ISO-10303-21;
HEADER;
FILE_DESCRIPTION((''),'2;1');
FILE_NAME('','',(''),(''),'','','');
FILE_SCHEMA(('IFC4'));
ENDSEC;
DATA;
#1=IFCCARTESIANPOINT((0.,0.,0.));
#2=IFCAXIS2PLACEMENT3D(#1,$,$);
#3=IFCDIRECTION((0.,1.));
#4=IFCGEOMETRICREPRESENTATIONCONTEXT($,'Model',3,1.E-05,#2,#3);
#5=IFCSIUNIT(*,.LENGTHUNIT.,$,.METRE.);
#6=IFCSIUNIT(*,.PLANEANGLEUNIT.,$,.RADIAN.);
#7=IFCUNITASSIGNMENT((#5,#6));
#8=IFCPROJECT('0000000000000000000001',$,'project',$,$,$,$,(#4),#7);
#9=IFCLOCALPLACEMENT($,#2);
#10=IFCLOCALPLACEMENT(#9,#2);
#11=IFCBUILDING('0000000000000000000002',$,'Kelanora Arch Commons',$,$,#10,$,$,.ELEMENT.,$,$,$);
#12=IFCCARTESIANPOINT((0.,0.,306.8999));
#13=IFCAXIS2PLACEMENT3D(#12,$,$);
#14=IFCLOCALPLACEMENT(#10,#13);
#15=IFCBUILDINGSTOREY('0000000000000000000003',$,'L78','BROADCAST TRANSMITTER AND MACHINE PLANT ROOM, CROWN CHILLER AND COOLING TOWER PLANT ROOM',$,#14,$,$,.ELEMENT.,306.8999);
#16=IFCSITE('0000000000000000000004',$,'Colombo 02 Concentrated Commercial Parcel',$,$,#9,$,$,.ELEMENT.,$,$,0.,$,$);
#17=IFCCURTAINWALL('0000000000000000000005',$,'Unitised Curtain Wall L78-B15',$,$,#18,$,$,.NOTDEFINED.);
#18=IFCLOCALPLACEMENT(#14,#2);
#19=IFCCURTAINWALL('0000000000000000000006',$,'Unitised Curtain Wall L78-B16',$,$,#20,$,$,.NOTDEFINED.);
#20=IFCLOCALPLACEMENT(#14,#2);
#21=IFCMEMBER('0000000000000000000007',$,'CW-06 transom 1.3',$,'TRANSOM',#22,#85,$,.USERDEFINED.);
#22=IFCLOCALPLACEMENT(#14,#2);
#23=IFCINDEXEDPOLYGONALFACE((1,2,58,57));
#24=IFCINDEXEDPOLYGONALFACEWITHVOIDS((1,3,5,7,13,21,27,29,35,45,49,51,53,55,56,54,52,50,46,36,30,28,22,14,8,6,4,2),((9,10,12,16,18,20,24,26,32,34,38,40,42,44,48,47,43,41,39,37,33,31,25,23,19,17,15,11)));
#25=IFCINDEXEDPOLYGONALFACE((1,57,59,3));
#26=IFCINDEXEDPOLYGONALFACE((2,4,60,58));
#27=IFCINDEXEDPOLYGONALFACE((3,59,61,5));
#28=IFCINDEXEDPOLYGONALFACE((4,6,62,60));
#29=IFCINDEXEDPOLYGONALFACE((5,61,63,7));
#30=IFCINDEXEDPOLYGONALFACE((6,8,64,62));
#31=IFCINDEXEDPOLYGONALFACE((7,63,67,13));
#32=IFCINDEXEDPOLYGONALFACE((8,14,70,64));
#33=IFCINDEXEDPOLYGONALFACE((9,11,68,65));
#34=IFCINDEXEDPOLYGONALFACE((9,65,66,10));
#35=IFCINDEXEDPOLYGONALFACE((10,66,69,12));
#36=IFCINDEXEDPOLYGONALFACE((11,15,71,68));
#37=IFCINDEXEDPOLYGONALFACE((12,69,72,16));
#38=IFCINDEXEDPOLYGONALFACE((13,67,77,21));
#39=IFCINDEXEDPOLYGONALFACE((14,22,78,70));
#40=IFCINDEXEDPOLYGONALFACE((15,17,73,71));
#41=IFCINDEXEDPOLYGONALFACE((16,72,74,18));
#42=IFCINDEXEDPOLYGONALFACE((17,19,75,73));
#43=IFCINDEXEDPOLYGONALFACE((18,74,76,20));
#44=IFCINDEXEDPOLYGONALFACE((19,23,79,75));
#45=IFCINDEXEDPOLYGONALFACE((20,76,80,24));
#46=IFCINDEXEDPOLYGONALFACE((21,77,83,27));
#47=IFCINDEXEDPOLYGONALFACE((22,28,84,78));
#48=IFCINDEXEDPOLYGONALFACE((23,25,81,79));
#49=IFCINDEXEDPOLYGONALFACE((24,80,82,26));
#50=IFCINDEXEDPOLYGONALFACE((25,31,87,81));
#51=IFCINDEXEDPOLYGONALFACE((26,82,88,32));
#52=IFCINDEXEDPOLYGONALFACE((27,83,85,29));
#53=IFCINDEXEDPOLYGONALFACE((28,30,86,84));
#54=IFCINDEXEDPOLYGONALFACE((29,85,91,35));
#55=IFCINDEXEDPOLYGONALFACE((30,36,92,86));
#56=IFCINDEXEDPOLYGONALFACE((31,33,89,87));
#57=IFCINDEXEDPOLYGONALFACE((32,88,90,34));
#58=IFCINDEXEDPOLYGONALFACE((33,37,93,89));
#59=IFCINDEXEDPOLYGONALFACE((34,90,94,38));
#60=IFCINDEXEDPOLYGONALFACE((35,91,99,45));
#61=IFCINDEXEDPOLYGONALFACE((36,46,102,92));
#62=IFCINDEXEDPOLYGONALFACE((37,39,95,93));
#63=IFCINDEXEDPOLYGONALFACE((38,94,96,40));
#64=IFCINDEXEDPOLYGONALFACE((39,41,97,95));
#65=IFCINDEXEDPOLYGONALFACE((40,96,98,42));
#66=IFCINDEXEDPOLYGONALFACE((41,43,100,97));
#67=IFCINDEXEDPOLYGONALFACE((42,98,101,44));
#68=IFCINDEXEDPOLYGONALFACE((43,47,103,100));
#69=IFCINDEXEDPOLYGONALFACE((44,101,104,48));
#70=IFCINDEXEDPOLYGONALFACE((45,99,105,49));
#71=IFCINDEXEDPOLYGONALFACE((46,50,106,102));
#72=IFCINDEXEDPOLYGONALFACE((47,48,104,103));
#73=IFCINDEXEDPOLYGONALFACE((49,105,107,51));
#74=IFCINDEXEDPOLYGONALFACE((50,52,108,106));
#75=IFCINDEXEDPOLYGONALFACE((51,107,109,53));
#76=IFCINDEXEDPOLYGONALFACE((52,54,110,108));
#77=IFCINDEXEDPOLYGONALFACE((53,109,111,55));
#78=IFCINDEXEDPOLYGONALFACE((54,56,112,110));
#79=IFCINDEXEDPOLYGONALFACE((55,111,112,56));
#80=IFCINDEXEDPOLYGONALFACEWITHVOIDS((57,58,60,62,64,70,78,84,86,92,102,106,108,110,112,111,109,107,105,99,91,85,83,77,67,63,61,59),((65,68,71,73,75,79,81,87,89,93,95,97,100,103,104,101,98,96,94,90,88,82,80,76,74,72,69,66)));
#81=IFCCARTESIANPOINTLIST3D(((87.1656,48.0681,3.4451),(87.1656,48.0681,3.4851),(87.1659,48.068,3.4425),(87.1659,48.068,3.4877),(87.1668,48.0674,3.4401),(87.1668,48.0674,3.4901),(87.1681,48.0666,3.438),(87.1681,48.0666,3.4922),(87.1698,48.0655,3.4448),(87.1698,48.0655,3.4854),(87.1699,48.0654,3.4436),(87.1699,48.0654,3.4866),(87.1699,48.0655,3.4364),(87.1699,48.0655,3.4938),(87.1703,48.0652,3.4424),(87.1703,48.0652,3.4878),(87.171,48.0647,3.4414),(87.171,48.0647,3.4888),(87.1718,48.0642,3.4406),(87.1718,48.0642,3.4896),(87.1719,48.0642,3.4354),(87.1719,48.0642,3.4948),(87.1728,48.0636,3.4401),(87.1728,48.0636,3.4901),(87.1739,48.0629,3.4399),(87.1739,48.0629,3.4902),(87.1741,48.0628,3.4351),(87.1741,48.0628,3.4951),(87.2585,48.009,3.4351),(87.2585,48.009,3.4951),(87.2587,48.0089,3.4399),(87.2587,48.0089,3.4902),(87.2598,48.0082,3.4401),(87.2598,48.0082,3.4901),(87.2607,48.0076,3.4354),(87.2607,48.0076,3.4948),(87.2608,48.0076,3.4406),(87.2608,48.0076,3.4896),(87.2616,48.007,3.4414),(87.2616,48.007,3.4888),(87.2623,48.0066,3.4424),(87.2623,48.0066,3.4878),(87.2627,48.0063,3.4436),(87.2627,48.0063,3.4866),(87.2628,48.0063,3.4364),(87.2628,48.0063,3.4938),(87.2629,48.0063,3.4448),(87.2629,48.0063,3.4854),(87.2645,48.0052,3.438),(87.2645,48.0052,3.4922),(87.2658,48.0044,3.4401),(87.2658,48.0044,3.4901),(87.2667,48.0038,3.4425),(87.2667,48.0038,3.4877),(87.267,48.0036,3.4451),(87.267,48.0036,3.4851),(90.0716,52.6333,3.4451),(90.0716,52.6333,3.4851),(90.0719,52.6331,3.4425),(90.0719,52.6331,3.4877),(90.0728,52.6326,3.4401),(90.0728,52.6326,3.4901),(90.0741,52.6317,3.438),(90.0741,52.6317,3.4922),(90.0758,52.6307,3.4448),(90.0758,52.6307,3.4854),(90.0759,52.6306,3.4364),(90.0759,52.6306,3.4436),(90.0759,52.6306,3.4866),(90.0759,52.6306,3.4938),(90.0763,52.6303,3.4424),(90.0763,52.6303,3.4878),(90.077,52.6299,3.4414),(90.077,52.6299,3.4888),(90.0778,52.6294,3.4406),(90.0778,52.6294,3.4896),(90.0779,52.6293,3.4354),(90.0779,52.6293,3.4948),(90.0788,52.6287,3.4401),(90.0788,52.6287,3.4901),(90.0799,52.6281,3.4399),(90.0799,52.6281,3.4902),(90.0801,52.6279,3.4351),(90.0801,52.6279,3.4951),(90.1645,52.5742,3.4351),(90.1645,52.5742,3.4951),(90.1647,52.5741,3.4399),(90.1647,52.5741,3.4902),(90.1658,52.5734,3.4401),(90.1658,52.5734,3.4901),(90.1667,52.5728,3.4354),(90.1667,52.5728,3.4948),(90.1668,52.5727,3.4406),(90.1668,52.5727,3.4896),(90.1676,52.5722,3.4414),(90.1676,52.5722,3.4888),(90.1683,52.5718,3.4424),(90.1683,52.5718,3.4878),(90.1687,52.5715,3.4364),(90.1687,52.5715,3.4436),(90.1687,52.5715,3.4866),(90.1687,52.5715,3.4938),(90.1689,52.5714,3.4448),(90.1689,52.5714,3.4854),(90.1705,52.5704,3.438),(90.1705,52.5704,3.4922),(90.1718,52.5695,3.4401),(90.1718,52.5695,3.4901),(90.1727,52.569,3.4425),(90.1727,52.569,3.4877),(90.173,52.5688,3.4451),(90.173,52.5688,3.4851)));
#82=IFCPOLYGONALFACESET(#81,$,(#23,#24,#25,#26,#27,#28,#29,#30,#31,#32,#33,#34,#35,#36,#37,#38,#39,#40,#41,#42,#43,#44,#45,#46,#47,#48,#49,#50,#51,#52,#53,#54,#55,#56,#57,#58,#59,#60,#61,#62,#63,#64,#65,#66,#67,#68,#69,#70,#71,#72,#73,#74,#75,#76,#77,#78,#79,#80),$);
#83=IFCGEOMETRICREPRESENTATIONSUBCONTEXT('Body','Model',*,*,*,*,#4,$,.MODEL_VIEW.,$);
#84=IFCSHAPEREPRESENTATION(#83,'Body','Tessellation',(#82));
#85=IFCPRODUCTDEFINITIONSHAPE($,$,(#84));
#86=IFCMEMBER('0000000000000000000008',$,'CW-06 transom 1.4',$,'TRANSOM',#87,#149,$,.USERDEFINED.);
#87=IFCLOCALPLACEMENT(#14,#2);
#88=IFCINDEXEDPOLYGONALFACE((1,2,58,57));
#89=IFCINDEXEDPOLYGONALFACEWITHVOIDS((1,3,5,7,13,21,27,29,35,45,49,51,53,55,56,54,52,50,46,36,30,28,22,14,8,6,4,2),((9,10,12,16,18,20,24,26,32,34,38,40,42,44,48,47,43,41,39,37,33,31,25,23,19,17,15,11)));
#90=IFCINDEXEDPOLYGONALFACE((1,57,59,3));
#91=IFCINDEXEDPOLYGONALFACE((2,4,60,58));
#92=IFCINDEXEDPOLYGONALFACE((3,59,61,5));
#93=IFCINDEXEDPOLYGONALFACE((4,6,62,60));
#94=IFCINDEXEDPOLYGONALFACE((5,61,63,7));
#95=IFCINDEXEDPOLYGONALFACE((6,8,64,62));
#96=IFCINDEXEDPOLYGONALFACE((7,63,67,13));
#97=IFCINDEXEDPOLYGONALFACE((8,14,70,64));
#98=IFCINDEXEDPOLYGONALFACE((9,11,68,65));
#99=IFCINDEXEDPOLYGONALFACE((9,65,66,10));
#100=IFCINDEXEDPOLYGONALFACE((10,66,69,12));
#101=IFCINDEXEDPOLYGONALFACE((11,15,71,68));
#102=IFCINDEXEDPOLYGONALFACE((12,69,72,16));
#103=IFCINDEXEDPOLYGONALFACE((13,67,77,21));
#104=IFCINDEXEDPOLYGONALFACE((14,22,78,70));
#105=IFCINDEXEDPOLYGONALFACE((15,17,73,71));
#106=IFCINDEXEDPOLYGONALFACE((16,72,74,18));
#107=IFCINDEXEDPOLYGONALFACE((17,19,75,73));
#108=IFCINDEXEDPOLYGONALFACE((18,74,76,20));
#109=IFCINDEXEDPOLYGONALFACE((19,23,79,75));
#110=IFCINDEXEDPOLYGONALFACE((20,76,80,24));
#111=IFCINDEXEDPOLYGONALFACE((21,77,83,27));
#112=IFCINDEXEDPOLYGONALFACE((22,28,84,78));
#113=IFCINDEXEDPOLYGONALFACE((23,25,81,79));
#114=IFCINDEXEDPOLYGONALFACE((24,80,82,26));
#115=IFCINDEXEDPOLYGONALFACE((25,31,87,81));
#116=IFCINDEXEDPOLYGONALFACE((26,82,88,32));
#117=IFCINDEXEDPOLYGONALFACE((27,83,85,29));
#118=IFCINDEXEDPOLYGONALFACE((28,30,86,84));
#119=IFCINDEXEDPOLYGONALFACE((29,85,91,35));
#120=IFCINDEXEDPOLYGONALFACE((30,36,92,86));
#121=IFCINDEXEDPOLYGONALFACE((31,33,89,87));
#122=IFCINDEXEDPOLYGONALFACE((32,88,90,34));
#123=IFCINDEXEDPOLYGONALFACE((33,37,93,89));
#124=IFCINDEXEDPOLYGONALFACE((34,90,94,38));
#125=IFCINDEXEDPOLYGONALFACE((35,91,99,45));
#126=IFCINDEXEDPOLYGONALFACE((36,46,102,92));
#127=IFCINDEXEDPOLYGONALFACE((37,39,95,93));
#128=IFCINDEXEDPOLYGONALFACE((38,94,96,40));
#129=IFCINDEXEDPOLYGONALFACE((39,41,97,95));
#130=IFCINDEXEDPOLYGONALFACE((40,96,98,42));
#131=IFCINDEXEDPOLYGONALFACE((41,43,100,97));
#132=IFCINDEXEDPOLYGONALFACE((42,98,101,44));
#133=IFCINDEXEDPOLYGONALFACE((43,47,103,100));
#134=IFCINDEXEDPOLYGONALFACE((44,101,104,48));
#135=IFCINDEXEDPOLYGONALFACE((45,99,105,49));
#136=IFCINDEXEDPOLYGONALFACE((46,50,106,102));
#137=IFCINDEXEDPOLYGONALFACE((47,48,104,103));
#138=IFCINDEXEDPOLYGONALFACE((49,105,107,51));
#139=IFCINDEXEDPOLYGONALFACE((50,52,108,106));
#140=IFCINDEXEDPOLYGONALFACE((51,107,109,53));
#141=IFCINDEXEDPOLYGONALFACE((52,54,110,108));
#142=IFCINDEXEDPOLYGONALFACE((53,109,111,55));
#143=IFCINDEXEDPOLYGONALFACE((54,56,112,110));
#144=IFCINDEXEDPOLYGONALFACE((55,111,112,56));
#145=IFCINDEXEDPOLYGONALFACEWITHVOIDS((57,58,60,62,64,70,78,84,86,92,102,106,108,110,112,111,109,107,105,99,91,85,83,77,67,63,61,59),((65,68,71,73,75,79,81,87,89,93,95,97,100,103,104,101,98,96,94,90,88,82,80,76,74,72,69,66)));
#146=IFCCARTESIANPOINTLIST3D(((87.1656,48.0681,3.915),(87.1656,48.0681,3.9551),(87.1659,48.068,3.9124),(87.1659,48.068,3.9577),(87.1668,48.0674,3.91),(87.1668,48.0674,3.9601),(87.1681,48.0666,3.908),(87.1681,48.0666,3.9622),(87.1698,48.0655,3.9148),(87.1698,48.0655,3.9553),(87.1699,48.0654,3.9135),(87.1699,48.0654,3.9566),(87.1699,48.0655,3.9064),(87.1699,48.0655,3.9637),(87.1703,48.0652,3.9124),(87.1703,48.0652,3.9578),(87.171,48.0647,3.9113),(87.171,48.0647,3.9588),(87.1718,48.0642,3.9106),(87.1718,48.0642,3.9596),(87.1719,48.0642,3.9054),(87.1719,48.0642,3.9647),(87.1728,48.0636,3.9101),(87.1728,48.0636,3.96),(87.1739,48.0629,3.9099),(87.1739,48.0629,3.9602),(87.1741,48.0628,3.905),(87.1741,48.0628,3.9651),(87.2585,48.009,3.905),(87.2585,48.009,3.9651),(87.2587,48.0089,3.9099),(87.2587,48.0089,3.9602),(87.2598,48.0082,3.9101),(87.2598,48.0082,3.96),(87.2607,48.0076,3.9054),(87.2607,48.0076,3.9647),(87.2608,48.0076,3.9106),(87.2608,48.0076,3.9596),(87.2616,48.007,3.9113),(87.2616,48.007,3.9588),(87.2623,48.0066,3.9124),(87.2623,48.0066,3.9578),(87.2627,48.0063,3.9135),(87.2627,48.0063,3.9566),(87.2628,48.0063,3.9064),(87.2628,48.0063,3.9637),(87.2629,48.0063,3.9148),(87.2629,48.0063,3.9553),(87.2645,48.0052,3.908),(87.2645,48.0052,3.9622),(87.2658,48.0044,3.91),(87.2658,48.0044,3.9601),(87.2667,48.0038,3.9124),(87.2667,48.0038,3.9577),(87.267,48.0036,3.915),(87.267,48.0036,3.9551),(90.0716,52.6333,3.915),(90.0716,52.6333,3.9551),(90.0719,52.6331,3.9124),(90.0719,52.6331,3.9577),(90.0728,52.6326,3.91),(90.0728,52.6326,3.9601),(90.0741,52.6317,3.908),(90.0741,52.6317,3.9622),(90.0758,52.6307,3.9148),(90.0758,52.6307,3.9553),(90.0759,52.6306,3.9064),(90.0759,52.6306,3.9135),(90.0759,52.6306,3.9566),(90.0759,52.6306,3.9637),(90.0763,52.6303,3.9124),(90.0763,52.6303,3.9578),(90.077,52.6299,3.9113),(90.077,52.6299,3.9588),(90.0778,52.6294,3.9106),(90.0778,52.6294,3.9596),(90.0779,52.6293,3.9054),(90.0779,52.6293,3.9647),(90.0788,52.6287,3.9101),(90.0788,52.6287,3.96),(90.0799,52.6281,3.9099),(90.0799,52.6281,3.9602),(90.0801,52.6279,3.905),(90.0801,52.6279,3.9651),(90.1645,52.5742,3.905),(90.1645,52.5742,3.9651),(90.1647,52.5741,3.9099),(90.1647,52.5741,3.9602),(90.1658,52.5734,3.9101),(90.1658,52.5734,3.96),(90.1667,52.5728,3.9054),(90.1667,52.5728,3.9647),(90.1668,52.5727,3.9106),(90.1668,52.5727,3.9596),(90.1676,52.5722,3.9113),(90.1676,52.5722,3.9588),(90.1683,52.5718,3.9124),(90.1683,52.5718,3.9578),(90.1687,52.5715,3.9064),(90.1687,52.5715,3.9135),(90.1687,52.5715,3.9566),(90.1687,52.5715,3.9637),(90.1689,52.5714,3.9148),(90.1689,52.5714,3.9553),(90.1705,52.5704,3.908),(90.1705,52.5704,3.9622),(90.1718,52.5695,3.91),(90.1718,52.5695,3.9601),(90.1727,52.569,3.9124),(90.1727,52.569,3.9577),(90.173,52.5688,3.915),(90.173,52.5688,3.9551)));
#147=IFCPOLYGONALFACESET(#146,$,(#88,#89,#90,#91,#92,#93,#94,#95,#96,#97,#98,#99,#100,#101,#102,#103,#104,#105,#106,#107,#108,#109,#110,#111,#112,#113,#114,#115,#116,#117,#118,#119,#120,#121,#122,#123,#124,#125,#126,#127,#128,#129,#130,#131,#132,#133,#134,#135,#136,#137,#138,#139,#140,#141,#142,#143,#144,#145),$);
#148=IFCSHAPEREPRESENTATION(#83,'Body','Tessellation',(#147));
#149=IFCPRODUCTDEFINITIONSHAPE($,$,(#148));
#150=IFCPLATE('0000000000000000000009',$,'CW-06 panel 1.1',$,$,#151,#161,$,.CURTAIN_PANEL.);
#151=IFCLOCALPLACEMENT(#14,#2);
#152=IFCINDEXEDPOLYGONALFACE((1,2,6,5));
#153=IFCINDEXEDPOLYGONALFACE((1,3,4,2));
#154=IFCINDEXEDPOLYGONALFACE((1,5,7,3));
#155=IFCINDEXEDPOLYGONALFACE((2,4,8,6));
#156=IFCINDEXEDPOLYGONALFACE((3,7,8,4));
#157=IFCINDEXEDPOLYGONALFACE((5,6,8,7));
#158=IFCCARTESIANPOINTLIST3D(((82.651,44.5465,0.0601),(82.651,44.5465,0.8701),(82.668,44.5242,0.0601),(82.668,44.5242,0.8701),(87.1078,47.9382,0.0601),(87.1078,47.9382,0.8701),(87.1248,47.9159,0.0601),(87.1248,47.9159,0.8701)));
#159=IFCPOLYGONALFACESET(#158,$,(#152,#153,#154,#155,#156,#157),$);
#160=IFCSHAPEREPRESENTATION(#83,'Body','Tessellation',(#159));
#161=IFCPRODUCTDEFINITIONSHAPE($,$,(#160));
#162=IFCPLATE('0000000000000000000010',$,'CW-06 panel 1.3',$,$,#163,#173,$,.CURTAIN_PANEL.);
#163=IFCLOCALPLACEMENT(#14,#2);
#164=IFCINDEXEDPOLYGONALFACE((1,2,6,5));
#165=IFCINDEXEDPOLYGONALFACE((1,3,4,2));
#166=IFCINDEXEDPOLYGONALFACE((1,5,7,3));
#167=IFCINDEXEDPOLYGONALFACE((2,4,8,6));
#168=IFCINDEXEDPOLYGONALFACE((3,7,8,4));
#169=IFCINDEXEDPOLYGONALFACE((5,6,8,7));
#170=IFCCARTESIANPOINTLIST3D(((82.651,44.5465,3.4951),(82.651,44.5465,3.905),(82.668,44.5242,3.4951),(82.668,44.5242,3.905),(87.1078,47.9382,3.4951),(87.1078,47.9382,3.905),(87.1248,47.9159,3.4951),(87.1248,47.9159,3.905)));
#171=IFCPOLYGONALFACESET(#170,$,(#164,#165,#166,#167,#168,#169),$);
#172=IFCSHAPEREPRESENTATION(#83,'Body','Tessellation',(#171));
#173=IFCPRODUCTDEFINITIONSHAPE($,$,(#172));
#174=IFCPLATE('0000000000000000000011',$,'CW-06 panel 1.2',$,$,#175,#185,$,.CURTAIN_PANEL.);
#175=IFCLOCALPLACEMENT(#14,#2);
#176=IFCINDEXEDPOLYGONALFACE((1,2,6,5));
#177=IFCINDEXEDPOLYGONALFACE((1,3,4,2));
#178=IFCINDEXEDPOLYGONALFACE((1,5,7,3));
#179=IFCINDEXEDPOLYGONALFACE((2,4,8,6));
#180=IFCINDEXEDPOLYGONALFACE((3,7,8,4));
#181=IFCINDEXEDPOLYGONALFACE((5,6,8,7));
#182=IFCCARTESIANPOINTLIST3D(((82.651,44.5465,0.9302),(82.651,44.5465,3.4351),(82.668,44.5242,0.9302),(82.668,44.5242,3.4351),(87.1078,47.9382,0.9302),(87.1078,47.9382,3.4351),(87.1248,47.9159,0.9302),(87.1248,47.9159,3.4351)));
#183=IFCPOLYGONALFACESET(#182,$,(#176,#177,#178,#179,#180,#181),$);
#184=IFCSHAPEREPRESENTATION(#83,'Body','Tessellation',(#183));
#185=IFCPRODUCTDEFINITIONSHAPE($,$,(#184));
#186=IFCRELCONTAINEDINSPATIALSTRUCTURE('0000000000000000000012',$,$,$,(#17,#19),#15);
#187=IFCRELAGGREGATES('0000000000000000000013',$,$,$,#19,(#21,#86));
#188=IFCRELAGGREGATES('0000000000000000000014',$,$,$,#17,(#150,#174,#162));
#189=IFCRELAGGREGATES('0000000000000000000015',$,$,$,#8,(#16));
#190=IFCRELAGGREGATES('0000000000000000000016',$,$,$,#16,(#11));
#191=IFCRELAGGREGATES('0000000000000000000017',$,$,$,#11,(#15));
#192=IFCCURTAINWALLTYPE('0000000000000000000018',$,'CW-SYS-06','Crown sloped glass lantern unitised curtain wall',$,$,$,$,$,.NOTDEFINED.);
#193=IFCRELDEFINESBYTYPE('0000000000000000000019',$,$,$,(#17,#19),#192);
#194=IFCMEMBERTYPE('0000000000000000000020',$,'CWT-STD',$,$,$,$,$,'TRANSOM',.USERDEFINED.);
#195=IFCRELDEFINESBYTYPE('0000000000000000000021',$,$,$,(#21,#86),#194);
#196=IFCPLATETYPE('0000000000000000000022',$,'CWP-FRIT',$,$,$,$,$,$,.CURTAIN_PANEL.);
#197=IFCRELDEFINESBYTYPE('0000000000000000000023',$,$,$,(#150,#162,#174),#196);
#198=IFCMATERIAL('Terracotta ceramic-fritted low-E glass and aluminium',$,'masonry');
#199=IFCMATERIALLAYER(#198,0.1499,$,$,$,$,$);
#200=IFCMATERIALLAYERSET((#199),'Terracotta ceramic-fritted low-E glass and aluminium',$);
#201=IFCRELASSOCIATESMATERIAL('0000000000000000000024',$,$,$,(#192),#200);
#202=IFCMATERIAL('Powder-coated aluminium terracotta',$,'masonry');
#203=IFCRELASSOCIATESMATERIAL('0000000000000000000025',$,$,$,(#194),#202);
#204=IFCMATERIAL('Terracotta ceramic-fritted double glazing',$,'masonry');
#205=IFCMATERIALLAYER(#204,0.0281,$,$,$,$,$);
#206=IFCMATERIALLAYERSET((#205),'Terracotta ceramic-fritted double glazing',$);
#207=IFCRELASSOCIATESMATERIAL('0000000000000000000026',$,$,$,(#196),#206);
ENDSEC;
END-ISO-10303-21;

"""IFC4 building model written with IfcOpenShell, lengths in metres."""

from ifc_helpers import new_model, si_unit, direction, frame, origin, origin_2d, place, context, subcontext, project, spatial, rectangle, hollow_rectangle, extrude, source, transform, mapped, material, layer, layer_set, material_profile, profile_set, type_object, element, aggregate, save


model = new_model("IFC4")

# Units and contexts
model_context = context("Model", 3, precision=1e-05, world=origin(), true_north=direction((0.0, 1.0)))
body_context = subcontext(model_context, "Body", "Model", "MODEL_VIEW")
ifc_project = project(units=[si_unit("LENGTHUNIT", "METRE"), si_unit("PLANEANGLEUNIT", "RADIAN")], contexts=[model_context])

# Site, building, storey
site_placement = place(None, origin())
site = spatial("IfcSite", under=ifc_project, at=site_placement, Name="Colombo 02 Concentrated Commercial Parcel", CompositionType="ELEMENT", RefElevation=0.0)
building_placement = place(site_placement, origin())
building = spatial("IfcBuilding", under=site, at=building_placement, Name="Kelanora Arch Commons", CompositionType="ELEMENT")
storey_placement = place(building_placement, frame((0.0, 0.0, 306.8999)))
storey = spatial("IfcBuildingStorey", under=building, at=storey_placement, Name="L78", Description="BROADCAST TRANSMITTER AND MACHINE PLANT ROOM, CROWN CHILLER AND COOLING TOWER PLANT ROOM", CompositionType="ELEMENT", Elevation=306.8999)

# Shared definitions
ifc_material_1 = material(Name="Terracotta ceramic-fritted low-E glass and aluminium", Category="masonry")
ifc_layer_1 = layer(ifc_material_1, 0.1499)
ifc_layer_set_1 = layer_set([ifc_layer_1], Name="Terracotta ceramic-fritted low-E glass and aluminium")
curtain_wall_type = type_object("IfcCurtainWallType", Name="CW-SYS-06", Description="Crown sloped glass lantern unitised curtain wall", PredefinedType="NOTDEFINED", material=ifc_layer_set_1)
ifc_material_2 = material(Name="Powder-coated aluminium terracotta", Category="masonry")

# Curtain wall
curtain_wall_1_placement = place(storey_placement, origin())
curtain_wall_1 = element("IfcCurtainWall", 1, at=curtain_wall_1_placement, inside=storey, type_object=curtain_wall_type, Name="Unitised Curtain Wall L78-B15", PredefinedType="NOTDEFINED")

# Curtain wall
curtain_wall_2_placement = place(storey_placement, origin())
curtain_wall_2 = element("IfcCurtainWall", 2, at=curtain_wall_2_placement, inside=storey, type_object=curtain_wall_type, Name="Unitised Curtain Wall L78-B16", PredefinedType="NOTDEFINED")

# Members
ifc_material_profile_1 = material_profile(ifc_material_2, hollow_rectangle(XDim=0.1201, YDim=0.0601, WallThickness=0.0049, InnerFilletRadius=0.0049, OuterFilletRadius=0.01, at=origin_2d()), Name="CWT120x60")
ifc_profile_set_1 = profile_set([ifc_material_profile_1], Name="Powder-coated aluminium terracotta")
member_type_1 = type_object("IfcMemberType", Name="CWT-STD", ElementType="TRANSOM", PredefinedType="USERDEFINED", material=ifc_profile_set_1)
member_1_placement = place(storey_placement, frame((87.2163, 48.0359, 3.4651), z_axis=(0.536992, 0.843587, 0.0), x_axis=(-0.843587, 0.536992, 0.0)))
member_1 = element("IfcMember", 3, at=member_1_placement, type_object=member_type_1, Name="CW-06 transom 1.3", ObjectType="TRANSOM", PredefinedType="USERDEFINED", context=body_context, shape_type="SweptSolid", body=[
    extrude(hollow_rectangle(XDim=0.1201, YDim=0.0601, WallThickness=0.0049, InnerFilletRadius=0.0049, OuterFilletRadius=0.01, at=origin_2d()), origin(), (0.0, 0.0, 1.0), 5.4116),
])
member_2_placement = place(storey_placement, frame((87.2163, 48.0359, 3.9351), z_axis=(0.536992, 0.843587, 0.0), x_axis=(-0.843587, 0.536992, 0.0)))
member_2 = element("IfcMember", 4, at=member_2_placement, type_object=member_type_1, Name="CW-06 transom 1.4", ObjectType="TRANSOM", PredefinedType="USERDEFINED", context=body_context, shape_type="SweptSolid", body=[
    extrude(hollow_rectangle(XDim=0.1201, YDim=0.0601, WallThickness=0.0049, InnerFilletRadius=0.0049, OuterFilletRadius=0.01, at=origin_2d()), origin(), (0.0, 0.0, 1.0), 5.4116),
])
aggregate(curtain_wall_2, [member_1, member_2])

# Plates
ifc_material_3 = material(Name="Terracotta ceramic-fritted double glazing", Category="masonry")
ifc_layer_2 = layer(ifc_material_3, 0.0281)
ifc_layer_set_2 = layer_set([ifc_layer_2], Name="Terracotta ceramic-fritted double glazing")
plate_type = type_object("IfcPlateType", Name="CWP-FRIT", PredefinedType="CURTAIN_PANEL", material=ifc_layer_set_2)
shared_shape_1 = source(origin(), body_context, "Body", "SweptSolid", [
    extrude(rectangle(XDim=5.6006, YDim=0.0281, at=origin_2d()), origin(), (0.0, 0.0, 1.0), 0.8101),
])
plate_1_placement = place(storey_placement, frame((84.8879, 46.2312, 0.0601), z_axis=(0.0, 0.0, 1.0), x_axis=(0.795772, 0.605596, 0.0)))
plate_1 = element("IfcPlate", 5, at=plate_1_placement, type_object=plate_type, Name="CW-06 panel 1.1", PredefinedType="CURTAIN_PANEL", context=body_context, shape_type="MappedRepresentation", body=[
    mapped(shared_shape_1, transform((0.0, 0.0, 0.0), scale=1.0)),
])
shared_shape_2 = source(origin(), body_context, "Body", "SweptSolid", [
    extrude(rectangle(XDim=5.6006, YDim=0.0281, at=origin_2d()), origin(), (0.0, 0.0, 1.0), 0.4099),
])
plate_2_placement = place(storey_placement, frame((84.8879, 46.2312, 3.4951), z_axis=(0.0, 0.0, 1.0), x_axis=(0.795772, 0.605596, 0.0)))
plate_2 = element("IfcPlate", 6, at=plate_2_placement, type_object=plate_type, Name="CW-06 panel 1.3", PredefinedType="CURTAIN_PANEL", context=body_context, shape_type="MappedRepresentation", body=[
    mapped(shared_shape_2, transform((0.0, 0.0, 0.0), scale=1.0)),
])
shared_shape_3 = source(origin(), body_context, "Body", "SweptSolid", [
    extrude(rectangle(XDim=5.6006, YDim=0.0281, at=origin_2d()), origin(), (0.0, 0.0, 1.0), 2.5049),
])
plate_3_placement = place(storey_placement, frame((84.8879, 46.2312, 0.9302), z_axis=(0.0, 0.0, 1.0), x_axis=(0.795772, 0.605596, 0.0)))
plate_3 = element("IfcPlate", 7, at=plate_3_placement, type_object=plate_type, Name="CW-06 panel 1.2", PredefinedType="CURTAIN_PANEL", context=body_context, shape_type="MappedRepresentation", body=[
    mapped(shared_shape_3, transform((0.0, 0.0, 0.0), scale=1.0)),
])
aggregate(curtain_wall_1, [plate_1, plate_3, plate_2])

save(model, "model.ifc")
